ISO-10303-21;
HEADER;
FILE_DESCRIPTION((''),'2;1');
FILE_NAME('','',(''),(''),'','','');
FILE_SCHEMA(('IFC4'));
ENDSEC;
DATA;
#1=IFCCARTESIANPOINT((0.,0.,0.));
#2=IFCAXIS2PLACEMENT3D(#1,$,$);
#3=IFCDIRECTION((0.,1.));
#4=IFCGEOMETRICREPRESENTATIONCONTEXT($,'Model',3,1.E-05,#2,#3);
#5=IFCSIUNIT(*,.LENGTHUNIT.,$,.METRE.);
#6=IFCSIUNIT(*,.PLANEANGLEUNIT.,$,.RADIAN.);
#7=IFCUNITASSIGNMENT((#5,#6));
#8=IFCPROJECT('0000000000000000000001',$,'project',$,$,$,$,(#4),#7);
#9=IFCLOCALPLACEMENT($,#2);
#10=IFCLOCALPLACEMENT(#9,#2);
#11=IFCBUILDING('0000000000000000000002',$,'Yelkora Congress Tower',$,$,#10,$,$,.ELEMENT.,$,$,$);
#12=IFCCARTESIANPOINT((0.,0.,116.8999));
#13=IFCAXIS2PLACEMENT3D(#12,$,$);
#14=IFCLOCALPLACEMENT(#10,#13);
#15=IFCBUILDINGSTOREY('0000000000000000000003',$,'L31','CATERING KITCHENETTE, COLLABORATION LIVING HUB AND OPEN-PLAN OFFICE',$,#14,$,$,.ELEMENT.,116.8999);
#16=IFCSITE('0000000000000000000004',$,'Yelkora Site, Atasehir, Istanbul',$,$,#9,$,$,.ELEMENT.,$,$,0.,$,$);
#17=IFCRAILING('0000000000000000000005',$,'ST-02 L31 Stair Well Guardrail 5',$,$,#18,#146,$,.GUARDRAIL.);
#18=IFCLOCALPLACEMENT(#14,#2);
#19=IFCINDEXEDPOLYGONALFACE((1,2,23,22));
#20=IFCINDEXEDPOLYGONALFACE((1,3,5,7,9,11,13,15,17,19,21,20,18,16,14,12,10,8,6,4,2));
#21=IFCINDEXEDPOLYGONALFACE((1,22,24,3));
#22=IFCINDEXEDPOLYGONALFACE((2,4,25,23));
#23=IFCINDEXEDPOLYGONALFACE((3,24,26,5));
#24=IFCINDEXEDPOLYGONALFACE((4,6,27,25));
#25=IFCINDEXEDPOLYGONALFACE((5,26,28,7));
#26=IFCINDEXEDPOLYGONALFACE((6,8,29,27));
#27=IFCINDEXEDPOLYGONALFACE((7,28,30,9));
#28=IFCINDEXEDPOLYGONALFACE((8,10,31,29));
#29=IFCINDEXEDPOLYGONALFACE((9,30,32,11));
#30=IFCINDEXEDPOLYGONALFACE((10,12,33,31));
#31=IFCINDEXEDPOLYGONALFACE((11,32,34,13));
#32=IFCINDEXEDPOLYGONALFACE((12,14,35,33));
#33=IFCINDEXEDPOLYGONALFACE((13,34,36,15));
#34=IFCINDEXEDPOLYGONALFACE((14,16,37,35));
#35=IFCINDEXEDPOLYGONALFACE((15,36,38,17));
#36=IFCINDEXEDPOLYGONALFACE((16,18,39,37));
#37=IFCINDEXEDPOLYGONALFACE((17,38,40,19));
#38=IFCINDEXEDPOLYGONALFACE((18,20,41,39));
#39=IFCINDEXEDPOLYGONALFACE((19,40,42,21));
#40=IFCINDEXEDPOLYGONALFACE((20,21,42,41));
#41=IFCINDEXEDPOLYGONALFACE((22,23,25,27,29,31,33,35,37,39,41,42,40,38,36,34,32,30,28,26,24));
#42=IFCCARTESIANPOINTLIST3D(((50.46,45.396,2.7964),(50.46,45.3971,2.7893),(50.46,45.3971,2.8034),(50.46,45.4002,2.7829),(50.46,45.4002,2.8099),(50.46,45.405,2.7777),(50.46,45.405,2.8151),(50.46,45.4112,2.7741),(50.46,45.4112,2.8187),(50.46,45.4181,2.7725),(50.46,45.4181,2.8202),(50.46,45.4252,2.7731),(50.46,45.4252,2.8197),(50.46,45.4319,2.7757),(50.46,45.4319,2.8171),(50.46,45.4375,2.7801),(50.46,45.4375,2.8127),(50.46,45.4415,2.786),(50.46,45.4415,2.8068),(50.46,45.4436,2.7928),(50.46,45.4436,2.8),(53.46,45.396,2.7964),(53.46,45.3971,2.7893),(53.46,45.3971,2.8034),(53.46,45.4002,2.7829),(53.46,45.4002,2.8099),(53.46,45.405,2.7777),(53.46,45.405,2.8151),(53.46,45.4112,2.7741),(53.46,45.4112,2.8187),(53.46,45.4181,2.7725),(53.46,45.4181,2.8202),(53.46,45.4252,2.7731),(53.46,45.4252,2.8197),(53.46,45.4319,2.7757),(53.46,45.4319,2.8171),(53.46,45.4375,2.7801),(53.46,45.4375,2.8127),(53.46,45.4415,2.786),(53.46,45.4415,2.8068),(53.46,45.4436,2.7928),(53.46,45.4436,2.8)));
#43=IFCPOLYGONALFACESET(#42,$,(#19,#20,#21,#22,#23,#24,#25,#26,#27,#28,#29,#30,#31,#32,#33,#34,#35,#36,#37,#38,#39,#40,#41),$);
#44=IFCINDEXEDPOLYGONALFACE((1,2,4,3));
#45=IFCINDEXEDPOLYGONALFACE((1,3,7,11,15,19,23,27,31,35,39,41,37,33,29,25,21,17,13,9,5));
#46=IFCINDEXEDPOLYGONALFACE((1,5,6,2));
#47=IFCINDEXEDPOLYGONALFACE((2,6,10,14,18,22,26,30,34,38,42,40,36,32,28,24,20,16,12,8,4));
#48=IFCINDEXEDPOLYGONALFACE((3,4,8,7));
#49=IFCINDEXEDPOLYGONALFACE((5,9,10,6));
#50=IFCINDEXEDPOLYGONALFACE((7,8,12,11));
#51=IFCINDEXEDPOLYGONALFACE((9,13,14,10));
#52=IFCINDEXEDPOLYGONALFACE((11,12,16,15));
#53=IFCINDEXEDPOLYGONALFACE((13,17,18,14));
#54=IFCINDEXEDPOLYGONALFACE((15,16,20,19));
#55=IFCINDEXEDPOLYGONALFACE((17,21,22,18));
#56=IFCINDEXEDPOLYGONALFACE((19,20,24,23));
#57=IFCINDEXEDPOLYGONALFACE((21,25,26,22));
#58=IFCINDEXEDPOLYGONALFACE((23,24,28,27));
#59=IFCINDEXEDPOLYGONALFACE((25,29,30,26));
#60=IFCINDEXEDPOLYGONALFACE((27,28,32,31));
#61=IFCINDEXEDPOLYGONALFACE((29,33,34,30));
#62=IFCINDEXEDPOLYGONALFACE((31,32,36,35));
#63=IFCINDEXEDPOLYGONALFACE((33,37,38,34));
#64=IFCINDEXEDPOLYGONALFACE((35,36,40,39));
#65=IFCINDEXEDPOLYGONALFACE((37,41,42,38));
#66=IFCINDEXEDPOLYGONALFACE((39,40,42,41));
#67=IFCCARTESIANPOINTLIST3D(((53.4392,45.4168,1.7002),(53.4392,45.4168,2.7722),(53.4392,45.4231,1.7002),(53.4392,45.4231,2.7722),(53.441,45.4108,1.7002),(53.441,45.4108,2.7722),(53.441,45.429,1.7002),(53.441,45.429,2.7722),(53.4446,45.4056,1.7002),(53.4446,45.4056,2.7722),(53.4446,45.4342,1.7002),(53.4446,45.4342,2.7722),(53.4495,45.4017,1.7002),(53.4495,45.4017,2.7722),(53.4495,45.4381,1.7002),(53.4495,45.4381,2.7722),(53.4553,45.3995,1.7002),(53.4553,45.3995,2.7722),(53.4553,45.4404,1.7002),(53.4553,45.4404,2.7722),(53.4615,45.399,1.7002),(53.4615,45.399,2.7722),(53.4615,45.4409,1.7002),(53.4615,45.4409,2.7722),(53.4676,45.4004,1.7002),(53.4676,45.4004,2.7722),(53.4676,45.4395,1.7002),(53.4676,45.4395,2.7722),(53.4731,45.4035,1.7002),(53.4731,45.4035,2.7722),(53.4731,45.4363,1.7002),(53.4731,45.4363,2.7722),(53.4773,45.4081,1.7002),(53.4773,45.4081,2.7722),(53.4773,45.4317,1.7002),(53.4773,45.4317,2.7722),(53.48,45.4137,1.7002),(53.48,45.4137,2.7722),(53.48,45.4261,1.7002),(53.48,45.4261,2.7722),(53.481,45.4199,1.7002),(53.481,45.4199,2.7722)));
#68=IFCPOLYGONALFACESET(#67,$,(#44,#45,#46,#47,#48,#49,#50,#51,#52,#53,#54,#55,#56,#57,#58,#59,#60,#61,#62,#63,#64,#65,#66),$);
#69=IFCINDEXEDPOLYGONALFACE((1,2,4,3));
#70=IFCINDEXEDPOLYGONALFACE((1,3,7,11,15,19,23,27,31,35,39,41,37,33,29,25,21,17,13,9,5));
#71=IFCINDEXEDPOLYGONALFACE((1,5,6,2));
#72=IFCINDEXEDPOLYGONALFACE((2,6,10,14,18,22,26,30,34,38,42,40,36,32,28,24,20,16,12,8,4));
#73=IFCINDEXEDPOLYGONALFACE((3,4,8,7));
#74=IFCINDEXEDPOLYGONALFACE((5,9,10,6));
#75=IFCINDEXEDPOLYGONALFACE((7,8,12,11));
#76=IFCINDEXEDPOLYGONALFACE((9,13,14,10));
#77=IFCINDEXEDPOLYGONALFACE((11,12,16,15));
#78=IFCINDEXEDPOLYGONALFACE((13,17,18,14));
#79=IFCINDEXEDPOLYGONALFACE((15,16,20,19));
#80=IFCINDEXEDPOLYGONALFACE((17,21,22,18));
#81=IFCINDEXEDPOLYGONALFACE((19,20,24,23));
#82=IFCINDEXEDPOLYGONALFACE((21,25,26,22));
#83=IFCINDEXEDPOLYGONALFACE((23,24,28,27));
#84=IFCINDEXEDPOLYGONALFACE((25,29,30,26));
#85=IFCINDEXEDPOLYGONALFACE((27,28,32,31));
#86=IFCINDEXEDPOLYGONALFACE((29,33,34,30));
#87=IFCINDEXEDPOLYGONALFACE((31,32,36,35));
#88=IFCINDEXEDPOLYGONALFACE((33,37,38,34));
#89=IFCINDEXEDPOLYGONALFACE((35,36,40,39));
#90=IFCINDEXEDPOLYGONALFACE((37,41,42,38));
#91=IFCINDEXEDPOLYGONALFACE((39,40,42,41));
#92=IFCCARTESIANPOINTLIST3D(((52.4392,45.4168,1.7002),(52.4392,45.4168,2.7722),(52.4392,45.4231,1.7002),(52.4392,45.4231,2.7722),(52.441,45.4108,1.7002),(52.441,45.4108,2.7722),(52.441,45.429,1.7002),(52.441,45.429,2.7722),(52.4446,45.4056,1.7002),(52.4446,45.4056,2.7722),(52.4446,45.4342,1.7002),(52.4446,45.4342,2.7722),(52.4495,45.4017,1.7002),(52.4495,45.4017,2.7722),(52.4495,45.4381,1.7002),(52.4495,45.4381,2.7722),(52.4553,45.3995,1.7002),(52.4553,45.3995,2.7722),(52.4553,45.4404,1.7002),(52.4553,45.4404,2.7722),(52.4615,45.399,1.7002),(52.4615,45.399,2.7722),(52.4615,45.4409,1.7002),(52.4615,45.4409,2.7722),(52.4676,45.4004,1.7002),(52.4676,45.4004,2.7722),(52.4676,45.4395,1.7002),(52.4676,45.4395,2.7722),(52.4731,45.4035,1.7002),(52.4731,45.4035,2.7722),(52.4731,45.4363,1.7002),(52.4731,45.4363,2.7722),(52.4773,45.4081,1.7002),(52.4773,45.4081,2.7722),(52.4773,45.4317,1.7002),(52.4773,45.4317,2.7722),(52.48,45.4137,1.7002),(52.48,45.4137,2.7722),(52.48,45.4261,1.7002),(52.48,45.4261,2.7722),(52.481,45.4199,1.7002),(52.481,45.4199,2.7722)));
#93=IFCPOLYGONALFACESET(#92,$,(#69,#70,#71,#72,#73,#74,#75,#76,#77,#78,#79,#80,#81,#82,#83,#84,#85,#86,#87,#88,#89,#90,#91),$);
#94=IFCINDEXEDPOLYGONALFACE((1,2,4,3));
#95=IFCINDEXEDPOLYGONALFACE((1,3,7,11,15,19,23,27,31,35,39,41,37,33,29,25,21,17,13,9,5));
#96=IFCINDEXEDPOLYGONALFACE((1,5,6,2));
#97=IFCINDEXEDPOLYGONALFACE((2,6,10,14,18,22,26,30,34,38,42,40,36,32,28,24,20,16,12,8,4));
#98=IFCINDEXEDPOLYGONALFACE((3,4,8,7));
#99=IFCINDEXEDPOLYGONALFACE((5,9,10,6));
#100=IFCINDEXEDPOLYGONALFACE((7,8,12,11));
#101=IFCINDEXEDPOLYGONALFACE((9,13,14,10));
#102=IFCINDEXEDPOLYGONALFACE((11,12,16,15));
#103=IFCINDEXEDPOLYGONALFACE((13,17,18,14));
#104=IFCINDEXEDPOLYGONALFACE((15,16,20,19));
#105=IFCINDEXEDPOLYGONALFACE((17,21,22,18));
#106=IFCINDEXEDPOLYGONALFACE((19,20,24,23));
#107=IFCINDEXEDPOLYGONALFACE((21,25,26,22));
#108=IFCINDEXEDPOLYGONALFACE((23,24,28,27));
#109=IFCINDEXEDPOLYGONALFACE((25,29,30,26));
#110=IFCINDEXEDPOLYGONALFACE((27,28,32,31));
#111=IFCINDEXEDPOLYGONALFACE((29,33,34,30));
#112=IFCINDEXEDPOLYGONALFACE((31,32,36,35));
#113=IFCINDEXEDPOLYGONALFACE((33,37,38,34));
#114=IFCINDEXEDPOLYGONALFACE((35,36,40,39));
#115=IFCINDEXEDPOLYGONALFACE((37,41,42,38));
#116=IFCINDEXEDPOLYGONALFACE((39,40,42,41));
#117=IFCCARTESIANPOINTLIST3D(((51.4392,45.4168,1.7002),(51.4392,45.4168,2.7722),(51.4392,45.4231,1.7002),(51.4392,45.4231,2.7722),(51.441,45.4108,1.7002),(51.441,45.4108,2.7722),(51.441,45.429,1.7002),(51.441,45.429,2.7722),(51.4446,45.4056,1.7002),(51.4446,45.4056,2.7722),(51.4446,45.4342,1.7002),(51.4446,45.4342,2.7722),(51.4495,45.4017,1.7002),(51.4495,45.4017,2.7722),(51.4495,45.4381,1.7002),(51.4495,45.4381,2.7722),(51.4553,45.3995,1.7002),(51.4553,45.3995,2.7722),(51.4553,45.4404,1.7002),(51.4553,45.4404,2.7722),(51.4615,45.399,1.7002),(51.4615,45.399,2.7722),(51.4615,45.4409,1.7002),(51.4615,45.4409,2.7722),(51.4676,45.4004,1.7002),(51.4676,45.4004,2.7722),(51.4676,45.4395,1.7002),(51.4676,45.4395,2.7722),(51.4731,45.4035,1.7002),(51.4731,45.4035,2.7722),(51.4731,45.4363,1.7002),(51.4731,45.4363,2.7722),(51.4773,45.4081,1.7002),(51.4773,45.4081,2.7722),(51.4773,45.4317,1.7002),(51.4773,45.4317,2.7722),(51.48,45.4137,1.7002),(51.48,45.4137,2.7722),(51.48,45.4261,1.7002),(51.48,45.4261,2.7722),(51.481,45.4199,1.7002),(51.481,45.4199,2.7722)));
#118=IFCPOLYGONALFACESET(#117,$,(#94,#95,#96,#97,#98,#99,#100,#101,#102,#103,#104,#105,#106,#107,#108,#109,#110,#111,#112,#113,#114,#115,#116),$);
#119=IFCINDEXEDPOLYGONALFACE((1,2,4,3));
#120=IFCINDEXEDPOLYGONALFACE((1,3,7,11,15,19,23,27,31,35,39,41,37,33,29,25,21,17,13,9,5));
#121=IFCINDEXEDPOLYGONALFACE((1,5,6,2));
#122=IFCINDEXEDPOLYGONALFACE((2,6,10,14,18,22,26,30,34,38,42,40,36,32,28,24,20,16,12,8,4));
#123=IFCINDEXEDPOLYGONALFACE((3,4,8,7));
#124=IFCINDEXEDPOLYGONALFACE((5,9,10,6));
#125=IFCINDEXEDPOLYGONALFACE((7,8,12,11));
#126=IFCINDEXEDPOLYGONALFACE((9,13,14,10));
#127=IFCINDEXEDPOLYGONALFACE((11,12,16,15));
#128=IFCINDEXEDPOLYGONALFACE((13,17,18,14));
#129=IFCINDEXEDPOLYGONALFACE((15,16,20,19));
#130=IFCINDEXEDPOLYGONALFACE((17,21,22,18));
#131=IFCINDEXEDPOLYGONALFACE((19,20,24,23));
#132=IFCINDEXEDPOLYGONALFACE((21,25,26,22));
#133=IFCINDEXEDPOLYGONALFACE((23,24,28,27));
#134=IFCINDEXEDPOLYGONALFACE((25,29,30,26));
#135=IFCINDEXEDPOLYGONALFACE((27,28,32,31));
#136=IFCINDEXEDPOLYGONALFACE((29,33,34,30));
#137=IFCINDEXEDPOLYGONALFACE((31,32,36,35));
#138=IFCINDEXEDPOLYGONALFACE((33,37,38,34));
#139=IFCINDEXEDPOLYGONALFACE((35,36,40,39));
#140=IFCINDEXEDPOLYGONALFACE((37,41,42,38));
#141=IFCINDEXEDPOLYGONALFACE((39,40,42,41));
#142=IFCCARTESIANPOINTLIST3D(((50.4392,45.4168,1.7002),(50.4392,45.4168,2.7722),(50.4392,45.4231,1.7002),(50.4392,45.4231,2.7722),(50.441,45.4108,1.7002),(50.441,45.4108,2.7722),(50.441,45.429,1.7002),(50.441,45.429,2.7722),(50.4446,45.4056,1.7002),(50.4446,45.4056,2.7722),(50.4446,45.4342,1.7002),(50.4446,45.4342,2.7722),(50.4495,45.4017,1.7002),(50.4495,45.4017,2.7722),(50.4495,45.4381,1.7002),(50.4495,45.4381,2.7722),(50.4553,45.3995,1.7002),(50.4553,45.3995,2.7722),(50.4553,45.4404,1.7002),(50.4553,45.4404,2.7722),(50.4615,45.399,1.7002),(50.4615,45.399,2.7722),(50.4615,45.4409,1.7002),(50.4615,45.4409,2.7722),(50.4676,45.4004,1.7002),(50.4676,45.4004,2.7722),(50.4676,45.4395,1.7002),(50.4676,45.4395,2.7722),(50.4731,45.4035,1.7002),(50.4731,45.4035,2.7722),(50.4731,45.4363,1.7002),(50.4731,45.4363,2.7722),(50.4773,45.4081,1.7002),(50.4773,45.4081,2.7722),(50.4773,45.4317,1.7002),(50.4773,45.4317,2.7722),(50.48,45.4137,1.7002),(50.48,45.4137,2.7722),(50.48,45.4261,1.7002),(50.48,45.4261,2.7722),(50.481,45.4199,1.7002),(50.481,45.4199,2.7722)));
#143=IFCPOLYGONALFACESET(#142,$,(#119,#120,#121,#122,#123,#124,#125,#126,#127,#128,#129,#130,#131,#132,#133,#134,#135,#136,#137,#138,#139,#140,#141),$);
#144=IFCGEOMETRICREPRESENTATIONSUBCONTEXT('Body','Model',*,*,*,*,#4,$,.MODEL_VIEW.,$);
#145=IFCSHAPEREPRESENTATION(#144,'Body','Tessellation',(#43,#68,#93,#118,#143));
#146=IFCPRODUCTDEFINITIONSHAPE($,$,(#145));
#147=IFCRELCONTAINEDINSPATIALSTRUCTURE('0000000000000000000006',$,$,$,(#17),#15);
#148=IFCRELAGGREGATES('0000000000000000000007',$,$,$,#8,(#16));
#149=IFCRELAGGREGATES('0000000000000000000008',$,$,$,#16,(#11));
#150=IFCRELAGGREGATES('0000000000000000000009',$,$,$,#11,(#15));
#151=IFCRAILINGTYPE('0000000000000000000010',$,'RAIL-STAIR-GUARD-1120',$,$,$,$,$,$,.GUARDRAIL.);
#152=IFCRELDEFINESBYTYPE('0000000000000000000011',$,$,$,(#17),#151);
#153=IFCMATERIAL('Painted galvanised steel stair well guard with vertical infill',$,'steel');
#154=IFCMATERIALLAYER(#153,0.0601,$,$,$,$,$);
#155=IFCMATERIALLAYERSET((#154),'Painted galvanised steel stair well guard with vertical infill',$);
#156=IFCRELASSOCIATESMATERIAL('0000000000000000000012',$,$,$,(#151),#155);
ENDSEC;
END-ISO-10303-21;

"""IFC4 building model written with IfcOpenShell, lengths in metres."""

from ifc_helpers import new_model, si_unit, direction, frame, origin, origin_2d, place, context, subcontext, project, spatial, circle, extrude, material, layer, layer_set, type_object, element, save


model = new_model("IFC4")

# Units and contexts
model_context = context("Model", 3, precision=1e-05, world=origin(), true_north=direction((0.0, 1.0)))
body_context = subcontext(model_context, "Body", "Model", "MODEL_VIEW")
ifc_project = project(units=[si_unit("LENGTHUNIT", "METRE"), si_unit("PLANEANGLEUNIT", "RADIAN")], contexts=[model_context])

# Site, building, storey
site_placement = place(None, origin())
site = spatial("IfcSite", under=ifc_project, at=site_placement, Name="Yelkora Site, Atasehir, Istanbul", CompositionType="ELEMENT", RefElevation=0.0)
building_placement = place(site_placement, origin())
building = spatial("IfcBuilding", under=site, at=building_placement, Name="Yelkora Congress Tower", CompositionType="ELEMENT")
storey_placement = place(building_placement, frame((0.0, 0.0, 116.8999)))
storey = spatial("IfcBuildingStorey", under=building, at=storey_placement, Name="L31", Description="CATERING KITCHENETTE, COLLABORATION LIVING HUB AND OPEN-PLAN OFFICE", CompositionType="ELEMENT", Elevation=116.8999)

# Railing
ifc_material_1 = material(Name="Painted galvanised steel stair well guard with vertical infill", Category="steel")
ifc_layer_1 = layer(ifc_material_1, 0.0601)
ifc_layer_set_1 = layer_set([ifc_layer_1], Name="Painted galvanised steel stair well guard with vertical infill")
railing_type_1 = type_object("IfcRailingType", Name="RAIL-STAIR-GUARD-1120", PredefinedType="GUARDRAIL", material=ifc_layer_set_1)
railing_1_placement = place(storey_placement, frame((53.46, 45.4199, 1.7002)))
element("IfcRailing", 1, at=railing_1_placement, inside=storey, type_object=railing_type_1, Name="ST-02 L31 Stair Well Guardrail 5", PredefinedType="GUARDRAIL", context=body_context, shape_type="SweptSolid", body=[
    extrude(circle(Radius=0.0239, at=origin_2d()), frame((0.0, 0.0, 1.0962), z_axis=(-1.0, 0.0, 0.0), x_axis=(0.0, -1.0, 0.0)), (0.0, 0.0, 1.0), 3.0),
    extrude(circle(Radius=0.021, at=origin_2d()), origin(), (0.0, 0.0, 1.0), 1.072),
    extrude(circle(Radius=0.021, at=origin_2d()), frame((-1.0, 0.0, 0.0)), (0.0, 0.0, 1.0), 1.072),
    extrude(circle(Radius=0.021, at=origin_2d()), frame((-2.0, 0.0, 0.0)), (0.0, 0.0, 1.0), 1.072),
    extrude(circle(Radius=0.021, at=origin_2d()), frame((-3.0, 0.0, 0.0)), (0.0, 0.0, 1.0), 1.072),
])

save(model, "model.ifc")
